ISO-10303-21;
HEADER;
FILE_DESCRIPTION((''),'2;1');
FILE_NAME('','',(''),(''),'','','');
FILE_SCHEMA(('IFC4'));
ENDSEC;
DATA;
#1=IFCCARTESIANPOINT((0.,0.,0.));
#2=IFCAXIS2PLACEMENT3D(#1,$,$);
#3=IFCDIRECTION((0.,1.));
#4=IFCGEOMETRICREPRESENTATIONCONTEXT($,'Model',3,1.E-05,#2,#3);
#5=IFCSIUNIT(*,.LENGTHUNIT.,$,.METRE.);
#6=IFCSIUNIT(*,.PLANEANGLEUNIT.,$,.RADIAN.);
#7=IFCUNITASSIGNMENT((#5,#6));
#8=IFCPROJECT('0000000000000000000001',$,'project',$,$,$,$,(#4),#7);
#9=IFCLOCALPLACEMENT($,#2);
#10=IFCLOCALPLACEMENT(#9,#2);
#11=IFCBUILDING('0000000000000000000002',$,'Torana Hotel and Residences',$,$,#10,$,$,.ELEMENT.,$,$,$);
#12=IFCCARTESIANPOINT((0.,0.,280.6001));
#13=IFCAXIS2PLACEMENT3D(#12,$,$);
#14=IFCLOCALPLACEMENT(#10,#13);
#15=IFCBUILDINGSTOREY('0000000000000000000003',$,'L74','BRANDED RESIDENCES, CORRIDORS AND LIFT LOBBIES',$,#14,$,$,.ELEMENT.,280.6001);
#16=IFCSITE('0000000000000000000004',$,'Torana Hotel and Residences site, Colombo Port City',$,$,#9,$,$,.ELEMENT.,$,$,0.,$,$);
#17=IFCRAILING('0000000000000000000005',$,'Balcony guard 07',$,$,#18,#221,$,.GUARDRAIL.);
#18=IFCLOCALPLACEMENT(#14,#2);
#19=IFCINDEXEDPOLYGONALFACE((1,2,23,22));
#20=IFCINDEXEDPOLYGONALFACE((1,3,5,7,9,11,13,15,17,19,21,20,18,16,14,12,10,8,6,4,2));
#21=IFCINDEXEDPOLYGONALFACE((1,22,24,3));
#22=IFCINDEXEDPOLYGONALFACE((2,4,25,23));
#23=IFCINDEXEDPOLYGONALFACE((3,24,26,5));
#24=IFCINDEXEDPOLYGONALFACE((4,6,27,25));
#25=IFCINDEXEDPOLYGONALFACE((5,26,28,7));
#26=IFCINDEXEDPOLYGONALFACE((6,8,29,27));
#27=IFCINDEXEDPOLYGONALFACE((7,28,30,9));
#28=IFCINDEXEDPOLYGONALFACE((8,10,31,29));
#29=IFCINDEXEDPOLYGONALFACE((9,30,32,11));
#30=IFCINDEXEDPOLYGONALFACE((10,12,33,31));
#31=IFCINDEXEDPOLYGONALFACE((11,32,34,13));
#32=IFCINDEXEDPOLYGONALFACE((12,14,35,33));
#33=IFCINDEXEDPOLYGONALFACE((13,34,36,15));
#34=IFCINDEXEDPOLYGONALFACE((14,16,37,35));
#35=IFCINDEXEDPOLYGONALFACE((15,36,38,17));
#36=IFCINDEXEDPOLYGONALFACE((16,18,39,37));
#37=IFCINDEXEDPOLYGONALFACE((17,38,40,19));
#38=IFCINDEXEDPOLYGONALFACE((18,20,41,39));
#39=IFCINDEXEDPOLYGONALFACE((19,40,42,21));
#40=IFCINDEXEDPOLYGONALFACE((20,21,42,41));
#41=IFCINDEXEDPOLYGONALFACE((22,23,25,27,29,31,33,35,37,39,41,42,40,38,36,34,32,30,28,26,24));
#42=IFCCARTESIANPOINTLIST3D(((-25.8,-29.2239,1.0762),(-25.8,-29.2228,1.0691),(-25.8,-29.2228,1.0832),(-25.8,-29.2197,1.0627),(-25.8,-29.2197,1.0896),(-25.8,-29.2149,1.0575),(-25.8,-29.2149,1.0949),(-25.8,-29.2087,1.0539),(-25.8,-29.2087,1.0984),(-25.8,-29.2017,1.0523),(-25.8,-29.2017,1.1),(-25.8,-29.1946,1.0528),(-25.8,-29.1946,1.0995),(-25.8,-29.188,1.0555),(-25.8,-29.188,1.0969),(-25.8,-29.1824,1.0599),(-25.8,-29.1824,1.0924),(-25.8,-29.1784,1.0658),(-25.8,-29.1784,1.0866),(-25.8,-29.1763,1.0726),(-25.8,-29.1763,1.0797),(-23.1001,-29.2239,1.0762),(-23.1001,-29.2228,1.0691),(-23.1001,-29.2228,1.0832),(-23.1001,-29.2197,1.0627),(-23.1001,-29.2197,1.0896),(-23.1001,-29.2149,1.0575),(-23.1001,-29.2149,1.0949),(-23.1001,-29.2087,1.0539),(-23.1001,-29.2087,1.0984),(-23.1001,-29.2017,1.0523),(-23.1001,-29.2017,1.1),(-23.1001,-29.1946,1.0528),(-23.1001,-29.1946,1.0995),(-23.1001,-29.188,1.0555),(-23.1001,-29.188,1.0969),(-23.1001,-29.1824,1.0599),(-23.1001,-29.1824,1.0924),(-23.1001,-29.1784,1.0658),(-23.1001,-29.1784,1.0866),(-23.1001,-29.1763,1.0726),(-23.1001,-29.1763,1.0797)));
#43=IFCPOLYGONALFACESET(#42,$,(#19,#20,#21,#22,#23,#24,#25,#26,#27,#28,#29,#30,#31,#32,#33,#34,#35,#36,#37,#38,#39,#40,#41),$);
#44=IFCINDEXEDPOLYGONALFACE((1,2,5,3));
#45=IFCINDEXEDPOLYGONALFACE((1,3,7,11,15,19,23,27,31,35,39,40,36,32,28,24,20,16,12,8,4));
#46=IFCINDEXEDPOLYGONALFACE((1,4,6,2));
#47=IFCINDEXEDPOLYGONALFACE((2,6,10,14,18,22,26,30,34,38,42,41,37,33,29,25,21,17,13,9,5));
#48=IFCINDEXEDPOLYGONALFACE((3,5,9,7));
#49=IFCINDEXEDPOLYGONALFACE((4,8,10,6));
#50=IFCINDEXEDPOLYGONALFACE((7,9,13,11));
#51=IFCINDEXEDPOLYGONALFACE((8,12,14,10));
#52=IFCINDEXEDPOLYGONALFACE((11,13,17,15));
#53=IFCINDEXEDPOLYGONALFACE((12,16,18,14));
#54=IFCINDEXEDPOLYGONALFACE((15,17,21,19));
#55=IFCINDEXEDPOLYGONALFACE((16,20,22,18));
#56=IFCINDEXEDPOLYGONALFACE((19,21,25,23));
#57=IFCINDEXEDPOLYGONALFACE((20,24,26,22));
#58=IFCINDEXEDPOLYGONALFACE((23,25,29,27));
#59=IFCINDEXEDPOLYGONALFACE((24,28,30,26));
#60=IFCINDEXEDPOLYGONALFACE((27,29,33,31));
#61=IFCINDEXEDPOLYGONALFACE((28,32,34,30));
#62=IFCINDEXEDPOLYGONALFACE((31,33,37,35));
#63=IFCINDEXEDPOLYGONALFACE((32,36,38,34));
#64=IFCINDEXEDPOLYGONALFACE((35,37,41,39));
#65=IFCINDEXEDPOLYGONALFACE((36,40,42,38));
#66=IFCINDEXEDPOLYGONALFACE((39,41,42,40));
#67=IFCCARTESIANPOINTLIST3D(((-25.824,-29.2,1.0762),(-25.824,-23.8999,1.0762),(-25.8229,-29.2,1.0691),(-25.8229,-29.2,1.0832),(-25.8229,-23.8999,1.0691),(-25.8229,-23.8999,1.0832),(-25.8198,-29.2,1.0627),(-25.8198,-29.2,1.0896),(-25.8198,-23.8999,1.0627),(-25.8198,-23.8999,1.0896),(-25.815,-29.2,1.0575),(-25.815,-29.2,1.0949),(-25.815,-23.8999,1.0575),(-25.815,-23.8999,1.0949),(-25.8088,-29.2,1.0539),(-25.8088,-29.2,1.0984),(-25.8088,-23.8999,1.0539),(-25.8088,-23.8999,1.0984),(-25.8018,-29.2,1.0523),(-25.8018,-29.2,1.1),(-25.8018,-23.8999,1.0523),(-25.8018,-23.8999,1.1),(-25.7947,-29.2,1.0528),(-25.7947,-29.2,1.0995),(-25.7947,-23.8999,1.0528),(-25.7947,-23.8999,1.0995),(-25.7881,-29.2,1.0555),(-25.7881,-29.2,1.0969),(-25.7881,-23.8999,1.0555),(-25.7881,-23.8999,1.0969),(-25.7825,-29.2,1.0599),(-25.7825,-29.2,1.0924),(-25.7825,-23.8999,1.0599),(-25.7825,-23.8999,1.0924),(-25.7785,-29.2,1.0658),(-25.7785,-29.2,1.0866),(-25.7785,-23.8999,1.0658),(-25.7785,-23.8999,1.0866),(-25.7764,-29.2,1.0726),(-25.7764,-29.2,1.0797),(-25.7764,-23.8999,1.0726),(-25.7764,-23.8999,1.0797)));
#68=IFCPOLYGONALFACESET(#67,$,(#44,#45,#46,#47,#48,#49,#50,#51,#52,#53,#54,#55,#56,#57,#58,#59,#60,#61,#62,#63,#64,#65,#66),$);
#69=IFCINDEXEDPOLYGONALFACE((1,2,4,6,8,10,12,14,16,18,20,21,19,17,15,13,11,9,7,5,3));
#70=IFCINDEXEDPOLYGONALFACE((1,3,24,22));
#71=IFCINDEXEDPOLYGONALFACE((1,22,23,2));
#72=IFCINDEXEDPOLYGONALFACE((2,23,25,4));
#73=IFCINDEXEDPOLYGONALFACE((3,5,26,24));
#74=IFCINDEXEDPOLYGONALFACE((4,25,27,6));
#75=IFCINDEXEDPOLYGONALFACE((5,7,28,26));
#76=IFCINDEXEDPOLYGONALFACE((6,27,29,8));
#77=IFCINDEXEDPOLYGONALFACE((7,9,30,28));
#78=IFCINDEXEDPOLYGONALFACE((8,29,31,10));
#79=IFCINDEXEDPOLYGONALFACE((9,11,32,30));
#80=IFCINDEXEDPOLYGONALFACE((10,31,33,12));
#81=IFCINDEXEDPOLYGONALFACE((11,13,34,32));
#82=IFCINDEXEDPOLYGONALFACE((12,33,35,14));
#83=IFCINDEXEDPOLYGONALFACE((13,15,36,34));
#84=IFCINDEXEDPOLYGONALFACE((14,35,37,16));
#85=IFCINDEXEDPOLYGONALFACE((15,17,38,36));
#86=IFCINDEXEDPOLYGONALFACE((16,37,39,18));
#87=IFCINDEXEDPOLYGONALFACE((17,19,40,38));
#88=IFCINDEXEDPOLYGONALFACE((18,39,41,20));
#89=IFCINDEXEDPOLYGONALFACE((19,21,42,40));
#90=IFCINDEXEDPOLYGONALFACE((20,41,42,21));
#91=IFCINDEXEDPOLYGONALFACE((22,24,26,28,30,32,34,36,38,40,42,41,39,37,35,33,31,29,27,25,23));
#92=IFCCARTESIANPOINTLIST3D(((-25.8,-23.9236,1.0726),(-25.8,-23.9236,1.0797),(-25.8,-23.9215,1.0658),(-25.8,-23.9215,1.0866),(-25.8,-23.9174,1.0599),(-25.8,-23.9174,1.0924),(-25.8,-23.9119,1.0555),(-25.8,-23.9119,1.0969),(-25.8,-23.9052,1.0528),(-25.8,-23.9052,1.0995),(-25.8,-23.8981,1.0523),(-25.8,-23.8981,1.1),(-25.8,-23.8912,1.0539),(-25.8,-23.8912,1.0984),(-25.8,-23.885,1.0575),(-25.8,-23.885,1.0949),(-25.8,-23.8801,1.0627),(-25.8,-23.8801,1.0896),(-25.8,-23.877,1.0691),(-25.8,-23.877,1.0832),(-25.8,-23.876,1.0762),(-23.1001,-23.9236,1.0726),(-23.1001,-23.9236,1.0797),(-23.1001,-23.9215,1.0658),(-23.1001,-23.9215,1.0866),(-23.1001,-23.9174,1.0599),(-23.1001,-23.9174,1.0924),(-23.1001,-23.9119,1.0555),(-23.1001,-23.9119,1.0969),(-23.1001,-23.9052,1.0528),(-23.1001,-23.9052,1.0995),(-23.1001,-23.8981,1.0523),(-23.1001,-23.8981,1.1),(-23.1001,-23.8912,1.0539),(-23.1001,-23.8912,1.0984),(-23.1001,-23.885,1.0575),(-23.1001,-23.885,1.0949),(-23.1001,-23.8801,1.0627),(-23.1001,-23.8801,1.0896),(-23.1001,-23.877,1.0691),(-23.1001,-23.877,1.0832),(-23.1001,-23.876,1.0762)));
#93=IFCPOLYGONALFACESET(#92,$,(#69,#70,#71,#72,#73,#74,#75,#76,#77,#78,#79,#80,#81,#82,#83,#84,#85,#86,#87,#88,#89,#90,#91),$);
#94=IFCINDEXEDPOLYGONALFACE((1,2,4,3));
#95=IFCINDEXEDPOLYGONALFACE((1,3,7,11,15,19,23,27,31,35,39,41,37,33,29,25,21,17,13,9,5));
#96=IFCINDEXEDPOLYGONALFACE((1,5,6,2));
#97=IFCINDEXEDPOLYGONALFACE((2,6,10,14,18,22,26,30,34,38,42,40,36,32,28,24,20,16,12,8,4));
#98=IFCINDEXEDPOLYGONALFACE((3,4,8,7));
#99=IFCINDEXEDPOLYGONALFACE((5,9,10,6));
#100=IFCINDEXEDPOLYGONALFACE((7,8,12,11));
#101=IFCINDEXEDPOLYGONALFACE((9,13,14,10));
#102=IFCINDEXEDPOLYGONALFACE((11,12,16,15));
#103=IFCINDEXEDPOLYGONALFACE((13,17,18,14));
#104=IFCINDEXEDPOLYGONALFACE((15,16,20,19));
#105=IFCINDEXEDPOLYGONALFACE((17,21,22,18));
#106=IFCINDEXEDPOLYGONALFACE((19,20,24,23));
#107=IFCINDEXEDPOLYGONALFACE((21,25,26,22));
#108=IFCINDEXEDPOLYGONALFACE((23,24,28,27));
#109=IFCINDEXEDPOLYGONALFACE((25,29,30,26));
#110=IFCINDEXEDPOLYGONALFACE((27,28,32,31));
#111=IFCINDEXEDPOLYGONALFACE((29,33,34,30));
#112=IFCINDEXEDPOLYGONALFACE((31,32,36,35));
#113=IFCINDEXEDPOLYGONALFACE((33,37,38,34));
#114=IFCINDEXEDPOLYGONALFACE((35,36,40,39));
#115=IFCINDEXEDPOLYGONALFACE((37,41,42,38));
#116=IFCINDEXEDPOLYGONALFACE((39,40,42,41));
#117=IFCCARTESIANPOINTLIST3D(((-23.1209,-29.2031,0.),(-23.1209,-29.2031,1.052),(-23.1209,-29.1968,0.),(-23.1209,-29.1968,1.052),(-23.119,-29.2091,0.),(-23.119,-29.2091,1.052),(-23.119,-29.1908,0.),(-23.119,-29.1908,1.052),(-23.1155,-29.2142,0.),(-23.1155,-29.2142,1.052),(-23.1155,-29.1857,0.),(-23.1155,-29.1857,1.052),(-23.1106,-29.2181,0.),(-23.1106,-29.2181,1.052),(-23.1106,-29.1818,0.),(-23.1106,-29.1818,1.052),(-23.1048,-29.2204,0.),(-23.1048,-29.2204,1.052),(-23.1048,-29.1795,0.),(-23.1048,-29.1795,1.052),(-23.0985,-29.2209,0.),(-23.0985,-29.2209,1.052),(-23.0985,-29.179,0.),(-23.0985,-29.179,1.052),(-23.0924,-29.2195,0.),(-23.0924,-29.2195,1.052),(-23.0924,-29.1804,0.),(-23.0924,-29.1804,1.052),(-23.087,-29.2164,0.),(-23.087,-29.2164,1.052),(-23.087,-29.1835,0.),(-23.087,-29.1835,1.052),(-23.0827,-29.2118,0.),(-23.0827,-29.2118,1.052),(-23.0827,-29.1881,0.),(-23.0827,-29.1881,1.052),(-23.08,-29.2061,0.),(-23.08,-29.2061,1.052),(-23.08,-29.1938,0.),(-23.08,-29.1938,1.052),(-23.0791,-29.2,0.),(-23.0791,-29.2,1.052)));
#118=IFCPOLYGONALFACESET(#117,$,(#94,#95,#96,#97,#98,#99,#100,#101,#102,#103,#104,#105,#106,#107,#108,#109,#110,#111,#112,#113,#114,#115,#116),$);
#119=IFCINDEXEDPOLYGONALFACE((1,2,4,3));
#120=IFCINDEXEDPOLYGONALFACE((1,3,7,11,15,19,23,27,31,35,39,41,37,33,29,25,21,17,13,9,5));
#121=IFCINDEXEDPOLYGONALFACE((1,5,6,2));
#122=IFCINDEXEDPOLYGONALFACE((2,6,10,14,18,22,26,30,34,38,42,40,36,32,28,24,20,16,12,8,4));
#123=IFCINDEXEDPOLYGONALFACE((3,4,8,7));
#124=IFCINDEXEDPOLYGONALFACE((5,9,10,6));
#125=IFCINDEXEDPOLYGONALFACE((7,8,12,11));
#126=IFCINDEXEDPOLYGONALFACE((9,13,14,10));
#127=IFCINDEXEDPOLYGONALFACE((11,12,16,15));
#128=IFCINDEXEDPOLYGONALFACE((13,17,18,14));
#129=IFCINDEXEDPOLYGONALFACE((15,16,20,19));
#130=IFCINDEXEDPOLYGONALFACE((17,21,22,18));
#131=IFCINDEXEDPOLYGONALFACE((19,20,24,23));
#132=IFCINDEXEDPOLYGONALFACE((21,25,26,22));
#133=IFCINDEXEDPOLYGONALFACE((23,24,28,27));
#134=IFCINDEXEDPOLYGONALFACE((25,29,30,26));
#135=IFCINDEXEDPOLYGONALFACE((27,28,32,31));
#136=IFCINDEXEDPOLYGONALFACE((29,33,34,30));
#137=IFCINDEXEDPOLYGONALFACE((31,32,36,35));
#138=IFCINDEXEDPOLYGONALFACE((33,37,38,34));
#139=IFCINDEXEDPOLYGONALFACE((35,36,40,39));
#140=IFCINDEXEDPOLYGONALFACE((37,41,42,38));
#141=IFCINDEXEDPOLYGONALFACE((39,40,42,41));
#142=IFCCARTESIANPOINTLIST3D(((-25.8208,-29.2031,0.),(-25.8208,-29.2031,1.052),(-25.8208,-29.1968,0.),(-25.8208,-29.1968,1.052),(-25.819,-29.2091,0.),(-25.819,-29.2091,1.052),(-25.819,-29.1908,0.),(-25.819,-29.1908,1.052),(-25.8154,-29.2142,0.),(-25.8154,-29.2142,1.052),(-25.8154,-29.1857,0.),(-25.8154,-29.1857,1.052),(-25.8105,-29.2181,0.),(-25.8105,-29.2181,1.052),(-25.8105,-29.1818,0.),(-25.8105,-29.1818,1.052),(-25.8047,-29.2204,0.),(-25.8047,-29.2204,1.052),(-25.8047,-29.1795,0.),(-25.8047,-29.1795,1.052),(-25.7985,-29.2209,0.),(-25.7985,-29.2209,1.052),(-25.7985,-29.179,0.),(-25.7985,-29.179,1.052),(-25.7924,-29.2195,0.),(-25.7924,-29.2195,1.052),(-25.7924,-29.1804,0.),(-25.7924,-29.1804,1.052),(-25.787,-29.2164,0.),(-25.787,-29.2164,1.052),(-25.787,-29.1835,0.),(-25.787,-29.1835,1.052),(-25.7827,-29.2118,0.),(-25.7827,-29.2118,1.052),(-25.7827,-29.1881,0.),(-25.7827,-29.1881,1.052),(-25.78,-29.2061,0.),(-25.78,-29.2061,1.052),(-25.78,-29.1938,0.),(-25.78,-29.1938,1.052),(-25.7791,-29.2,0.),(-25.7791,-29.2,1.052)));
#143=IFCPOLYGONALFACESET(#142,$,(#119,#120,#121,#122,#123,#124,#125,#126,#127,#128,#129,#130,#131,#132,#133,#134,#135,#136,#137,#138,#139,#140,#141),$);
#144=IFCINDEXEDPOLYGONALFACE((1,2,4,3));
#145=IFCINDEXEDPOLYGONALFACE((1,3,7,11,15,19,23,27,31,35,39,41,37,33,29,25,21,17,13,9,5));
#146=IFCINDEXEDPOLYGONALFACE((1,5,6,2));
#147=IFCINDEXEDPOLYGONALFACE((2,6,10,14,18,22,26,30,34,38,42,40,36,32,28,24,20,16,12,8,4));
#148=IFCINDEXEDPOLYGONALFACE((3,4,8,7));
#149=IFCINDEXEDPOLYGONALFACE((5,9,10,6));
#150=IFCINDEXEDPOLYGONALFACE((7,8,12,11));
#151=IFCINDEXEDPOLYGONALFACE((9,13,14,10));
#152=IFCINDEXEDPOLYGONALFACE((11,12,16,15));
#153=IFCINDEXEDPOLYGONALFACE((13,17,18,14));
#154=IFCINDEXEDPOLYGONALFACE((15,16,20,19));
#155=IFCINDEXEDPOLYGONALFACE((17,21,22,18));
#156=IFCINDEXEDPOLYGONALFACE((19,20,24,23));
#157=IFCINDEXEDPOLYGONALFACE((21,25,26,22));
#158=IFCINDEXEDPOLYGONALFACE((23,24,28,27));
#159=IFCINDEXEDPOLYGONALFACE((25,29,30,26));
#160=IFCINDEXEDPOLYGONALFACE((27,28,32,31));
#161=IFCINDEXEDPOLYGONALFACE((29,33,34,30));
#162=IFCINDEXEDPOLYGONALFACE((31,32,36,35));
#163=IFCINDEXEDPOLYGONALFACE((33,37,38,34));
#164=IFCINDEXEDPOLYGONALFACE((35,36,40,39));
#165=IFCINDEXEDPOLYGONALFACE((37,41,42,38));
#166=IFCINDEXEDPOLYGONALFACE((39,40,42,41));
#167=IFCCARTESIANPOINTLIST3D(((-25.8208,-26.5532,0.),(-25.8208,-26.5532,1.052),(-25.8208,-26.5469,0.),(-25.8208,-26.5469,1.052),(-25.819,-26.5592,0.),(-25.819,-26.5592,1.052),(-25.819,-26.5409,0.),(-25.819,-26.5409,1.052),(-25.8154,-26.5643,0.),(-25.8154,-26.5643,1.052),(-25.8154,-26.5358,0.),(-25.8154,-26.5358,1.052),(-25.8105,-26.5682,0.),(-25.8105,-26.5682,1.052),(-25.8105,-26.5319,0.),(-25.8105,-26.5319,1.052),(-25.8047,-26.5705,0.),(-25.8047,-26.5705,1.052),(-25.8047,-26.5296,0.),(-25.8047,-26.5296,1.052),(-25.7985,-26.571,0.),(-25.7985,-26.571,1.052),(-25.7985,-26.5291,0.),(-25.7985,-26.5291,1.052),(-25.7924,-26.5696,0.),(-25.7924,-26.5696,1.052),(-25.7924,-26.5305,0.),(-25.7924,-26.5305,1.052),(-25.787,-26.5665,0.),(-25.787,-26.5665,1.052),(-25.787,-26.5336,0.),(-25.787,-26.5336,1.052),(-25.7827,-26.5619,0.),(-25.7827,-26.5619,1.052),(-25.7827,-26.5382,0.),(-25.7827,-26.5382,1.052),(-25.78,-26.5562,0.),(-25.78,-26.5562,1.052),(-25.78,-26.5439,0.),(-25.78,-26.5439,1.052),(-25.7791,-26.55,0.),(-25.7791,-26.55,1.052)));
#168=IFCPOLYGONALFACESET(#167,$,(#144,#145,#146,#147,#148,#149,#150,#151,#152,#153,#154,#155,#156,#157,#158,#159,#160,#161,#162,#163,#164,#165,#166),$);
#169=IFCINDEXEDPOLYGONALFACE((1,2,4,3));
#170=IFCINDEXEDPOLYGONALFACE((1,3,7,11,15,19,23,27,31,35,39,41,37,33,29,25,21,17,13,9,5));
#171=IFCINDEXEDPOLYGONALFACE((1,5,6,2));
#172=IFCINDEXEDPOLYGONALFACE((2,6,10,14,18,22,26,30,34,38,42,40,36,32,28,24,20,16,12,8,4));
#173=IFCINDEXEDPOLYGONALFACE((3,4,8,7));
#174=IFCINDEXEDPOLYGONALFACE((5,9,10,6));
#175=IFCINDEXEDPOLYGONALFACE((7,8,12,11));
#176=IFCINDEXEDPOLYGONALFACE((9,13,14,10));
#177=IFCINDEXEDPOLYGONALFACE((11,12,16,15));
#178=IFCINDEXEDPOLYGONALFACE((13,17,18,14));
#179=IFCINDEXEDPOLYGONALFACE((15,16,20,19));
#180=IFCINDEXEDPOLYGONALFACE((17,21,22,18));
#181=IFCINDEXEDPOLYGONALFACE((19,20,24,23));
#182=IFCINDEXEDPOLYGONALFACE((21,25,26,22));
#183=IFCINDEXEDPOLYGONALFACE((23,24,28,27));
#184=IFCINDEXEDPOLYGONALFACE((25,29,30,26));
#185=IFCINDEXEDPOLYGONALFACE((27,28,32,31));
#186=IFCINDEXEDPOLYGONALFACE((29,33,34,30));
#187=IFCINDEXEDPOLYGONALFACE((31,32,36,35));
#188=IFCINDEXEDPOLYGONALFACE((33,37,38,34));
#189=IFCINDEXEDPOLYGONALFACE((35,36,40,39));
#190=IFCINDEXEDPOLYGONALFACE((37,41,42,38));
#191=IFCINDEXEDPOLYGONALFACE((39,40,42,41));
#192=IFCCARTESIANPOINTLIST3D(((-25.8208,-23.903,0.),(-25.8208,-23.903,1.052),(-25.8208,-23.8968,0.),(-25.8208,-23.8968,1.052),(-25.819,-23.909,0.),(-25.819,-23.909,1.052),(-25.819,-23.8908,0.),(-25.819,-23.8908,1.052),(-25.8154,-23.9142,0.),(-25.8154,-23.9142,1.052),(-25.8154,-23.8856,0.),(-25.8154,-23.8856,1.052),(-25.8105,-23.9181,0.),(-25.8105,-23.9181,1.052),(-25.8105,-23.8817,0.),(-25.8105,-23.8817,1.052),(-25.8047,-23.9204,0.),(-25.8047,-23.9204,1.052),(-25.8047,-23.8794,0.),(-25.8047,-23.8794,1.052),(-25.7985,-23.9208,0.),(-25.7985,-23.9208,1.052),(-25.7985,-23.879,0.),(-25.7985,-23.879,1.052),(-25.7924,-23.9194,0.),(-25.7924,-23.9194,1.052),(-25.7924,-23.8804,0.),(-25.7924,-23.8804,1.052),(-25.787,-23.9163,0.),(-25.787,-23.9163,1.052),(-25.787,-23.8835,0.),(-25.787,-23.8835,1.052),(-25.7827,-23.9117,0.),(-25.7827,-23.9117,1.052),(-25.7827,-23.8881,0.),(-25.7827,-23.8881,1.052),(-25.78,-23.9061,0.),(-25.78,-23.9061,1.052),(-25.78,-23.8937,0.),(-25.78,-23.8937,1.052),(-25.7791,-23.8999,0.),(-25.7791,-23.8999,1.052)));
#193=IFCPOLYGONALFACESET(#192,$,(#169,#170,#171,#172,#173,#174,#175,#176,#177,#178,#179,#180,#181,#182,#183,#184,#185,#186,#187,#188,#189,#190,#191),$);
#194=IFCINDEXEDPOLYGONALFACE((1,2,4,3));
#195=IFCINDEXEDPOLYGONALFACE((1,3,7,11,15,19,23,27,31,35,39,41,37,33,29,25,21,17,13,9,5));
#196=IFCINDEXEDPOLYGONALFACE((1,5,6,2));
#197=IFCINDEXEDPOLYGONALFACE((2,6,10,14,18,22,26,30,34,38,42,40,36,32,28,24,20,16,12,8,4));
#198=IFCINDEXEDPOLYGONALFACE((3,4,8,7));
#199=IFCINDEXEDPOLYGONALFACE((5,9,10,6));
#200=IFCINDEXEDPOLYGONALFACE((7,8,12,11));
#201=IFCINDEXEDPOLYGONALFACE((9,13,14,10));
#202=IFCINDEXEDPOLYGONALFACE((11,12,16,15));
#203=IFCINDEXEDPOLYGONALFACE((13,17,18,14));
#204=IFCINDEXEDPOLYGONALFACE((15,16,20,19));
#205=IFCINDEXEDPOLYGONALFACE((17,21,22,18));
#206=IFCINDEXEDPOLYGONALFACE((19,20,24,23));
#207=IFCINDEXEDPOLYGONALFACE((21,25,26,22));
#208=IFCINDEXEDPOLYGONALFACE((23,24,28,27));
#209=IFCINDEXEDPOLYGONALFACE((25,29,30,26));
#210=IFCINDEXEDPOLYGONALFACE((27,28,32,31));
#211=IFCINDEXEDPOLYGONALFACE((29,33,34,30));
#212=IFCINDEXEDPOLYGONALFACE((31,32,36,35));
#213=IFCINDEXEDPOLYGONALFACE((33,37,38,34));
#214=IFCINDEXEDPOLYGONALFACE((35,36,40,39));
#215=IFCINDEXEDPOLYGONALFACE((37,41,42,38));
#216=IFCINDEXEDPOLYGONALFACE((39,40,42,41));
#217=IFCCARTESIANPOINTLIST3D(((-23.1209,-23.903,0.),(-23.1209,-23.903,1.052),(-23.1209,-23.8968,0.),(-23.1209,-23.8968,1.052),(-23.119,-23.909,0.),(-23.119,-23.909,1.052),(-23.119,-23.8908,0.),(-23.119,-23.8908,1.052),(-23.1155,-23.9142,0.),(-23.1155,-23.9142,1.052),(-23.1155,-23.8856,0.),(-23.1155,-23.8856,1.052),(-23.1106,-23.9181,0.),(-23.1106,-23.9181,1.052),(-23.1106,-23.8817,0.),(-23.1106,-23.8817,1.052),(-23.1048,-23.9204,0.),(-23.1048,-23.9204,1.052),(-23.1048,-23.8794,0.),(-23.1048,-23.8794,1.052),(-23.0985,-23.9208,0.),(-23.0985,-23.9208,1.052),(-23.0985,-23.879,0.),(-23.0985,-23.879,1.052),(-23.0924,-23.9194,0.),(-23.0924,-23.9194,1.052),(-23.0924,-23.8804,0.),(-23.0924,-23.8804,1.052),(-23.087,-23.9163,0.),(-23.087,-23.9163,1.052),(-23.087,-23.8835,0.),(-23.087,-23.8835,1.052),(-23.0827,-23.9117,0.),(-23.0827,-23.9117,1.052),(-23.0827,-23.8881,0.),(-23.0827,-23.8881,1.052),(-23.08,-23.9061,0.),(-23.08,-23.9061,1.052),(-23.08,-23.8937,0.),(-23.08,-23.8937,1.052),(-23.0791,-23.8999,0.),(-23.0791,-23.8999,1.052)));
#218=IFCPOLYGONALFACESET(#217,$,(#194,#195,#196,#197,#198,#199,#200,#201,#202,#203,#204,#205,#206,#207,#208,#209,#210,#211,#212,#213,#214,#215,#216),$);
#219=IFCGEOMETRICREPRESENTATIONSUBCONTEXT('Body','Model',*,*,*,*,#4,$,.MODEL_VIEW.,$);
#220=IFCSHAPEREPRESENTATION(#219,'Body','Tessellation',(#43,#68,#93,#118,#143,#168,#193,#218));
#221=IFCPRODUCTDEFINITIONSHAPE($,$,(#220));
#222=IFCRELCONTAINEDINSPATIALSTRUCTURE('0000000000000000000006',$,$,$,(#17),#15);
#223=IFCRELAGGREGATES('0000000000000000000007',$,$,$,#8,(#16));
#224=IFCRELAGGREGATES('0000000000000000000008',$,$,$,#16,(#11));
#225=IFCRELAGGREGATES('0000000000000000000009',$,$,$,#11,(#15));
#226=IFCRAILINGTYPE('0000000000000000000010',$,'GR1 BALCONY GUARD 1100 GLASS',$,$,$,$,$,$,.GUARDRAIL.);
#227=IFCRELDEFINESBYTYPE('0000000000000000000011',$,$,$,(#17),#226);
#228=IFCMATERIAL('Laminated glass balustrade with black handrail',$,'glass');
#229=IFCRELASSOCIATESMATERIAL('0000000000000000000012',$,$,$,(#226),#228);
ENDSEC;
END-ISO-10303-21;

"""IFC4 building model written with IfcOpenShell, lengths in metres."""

from ifc_helpers import new_model, si_unit, direction, frame, origin, origin_2d, place, context, subcontext, project, spatial, circle, extrude, material, type_object, element, save


model = new_model("IFC4")

# Units and contexts
model_context = context("Model", 3, precision=1e-05, world=origin(), true_north=direction((0.0, 1.0)))
body_context = subcontext(model_context, "Body", "Model", "MODEL_VIEW")
ifc_project = project(units=[si_unit("LENGTHUNIT", "METRE"), si_unit("PLANEANGLEUNIT", "RADIAN")], contexts=[model_context])

# Site, building, storey
site_placement = place(None, origin())
site = spatial("IfcSite", under=ifc_project, at=site_placement, Name="Torana Hotel and Residences site, Colombo Port City", CompositionType="ELEMENT", RefElevation=0.0)
building_placement = place(site_placement, origin())
building = spatial("IfcBuilding", under=site, at=building_placement, Name="Torana Hotel and Residences", CompositionType="ELEMENT")
storey_placement = place(building_placement, frame((0.0, 0.0, 280.6001)))
storey = spatial("IfcBuildingStorey", under=building, at=storey_placement, Name="L74", Description="BRANDED RESIDENCES, CORRIDORS AND LIFT LOBBIES", CompositionType="ELEMENT", Elevation=280.6001)

# Railing
ifc_material_1 = material(Name="Laminated glass balustrade with black handrail", Category="glass")
railing_type = type_object("IfcRailingType", Name="GR1 BALCONY GUARD 1100 GLASS", PredefinedType="GUARDRAIL", material=ifc_material_1)
railing_placement = place(storey_placement, frame((-23.1001, -29.2, 0.0)))
element("IfcRailing", 1, at=railing_placement, inside=storey, type_object=railing_type, Name="Balcony guard 07", PredefinedType="GUARDRAIL", context=body_context, shape_type="SweptSolid", body=[
    extrude(circle(Radius=0.0239, at=origin_2d()), frame((0.0, 0.0, 1.0762), z_axis=(-1.0, 0.0, 0.0), x_axis=(0.0, -1.0, 0.0)), (0.0, 0.0, 1.0), 2.7),
    extrude(circle(Radius=0.0239, at=origin_2d()), frame((-2.7, 0.0, 1.0762), z_axis=(0.0, 1.0, 0.0), x_axis=(-1.0, 0.0, 0.0)), (0.0, 0.0, 1.0), 5.3),
    extrude(circle(Radius=0.0239, at=origin_2d()), frame((-2.7, 5.3, 1.0762), z_axis=(1.0, 0.0, 0.0), x_axis=(0.0, 1.0, 0.0)), (0.0, 0.0, 1.0), 2.7),
    extrude(circle(Radius=0.021, at=origin_2d()), origin(), (0.0, 0.0, 1.0), 1.052),
    extrude(circle(Radius=0.021, at=origin_2d()), frame((-2.7, 0.0, 0.0)), (0.0, 0.0, 1.0), 1.052),
    extrude(circle(Radius=0.021, at=origin_2d()), frame((-2.7, 2.6499, 0.0)), (0.0, 0.0, 1.0), 1.052),
    extrude(circle(Radius=0.021, at=origin_2d()), frame((-2.7, 5.3, 0.0)), (0.0, 0.0, 1.0), 1.052),
    extrude(circle(Radius=0.021, at=origin_2d()), frame((0.0, 5.3, 0.0)), (0.0, 0.0, 1.0), 1.052),
])

save(model, "model.ifc")
